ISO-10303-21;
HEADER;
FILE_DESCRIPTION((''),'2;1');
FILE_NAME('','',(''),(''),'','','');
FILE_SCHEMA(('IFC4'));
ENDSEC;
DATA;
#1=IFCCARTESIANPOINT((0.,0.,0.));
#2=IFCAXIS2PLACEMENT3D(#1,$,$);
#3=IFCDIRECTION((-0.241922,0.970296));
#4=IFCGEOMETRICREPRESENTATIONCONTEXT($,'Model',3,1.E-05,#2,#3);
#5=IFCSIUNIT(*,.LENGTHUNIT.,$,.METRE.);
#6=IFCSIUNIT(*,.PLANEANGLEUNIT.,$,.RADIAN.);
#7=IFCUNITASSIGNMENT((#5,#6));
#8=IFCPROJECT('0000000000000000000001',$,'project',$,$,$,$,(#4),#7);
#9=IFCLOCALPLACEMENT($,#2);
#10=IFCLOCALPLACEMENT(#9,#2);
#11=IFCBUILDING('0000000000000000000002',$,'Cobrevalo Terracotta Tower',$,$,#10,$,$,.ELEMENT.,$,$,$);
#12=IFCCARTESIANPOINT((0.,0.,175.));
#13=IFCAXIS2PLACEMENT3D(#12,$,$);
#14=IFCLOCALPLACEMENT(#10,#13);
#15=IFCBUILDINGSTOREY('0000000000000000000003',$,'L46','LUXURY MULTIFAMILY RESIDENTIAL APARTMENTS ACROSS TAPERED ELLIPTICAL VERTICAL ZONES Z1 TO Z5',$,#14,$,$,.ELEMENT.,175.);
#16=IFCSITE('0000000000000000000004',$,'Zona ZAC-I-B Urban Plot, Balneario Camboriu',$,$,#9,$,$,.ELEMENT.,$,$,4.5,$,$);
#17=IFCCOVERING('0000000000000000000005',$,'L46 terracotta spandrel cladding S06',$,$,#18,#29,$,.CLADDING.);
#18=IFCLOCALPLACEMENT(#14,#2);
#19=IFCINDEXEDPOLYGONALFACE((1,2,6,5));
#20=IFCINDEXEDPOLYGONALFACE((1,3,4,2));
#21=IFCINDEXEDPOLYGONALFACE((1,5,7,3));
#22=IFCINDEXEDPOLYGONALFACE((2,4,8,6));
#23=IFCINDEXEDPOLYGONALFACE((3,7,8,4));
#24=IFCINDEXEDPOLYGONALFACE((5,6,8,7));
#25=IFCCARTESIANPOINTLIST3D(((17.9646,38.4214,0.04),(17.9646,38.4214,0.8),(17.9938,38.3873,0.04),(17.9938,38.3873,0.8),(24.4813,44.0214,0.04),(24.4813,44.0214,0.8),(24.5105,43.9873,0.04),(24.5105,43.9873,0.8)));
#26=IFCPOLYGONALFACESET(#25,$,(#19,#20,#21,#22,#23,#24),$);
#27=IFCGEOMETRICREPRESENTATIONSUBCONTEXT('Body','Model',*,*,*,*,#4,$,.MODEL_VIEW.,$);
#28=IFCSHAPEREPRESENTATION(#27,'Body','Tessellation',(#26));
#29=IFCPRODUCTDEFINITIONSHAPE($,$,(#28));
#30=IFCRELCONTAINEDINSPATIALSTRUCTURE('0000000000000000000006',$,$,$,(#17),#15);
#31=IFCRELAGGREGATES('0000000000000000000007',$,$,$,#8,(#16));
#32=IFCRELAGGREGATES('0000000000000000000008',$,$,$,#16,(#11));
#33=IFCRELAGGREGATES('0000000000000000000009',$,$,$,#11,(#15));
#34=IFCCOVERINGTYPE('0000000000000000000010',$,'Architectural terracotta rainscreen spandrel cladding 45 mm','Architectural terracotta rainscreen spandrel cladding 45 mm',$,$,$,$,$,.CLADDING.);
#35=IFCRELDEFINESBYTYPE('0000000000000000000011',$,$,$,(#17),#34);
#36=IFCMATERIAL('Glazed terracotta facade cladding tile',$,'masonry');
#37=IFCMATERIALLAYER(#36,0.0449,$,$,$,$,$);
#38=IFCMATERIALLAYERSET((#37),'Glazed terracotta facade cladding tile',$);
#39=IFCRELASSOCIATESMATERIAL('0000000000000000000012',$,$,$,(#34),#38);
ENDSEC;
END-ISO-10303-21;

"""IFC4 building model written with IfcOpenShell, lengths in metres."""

from ifc_helpers import new_model, si_unit, direction, frame, origin, origin_2d, place, context, subcontext, project, spatial, rectangle, extrude, source, transform, mapped, material, layer, layer_set, type_object, element, save


model = new_model("IFC4")

# Units and contexts
model_context = context("Model", 3, precision=1e-05, world=origin(), true_north=direction((-0.241922, 0.970296)))
body_context = subcontext(model_context, "Body", "Model", "MODEL_VIEW")
ifc_project = project(units=[si_unit("LENGTHUNIT", "METRE"), si_unit("PLANEANGLEUNIT", "RADIAN")], contexts=[model_context])

# Site, building, storey
site_placement = place(None, origin())
site = spatial("IfcSite", under=ifc_project, at=site_placement, Name="Zona ZAC-I-B Urban Plot, Balneario Camboriu", CompositionType="ELEMENT", RefElevation=4.5)
building_placement = place(site_placement, origin())
building = spatial("IfcBuilding", under=site, at=building_placement, Name="Cobrevalo Terracotta Tower", CompositionType="ELEMENT")
storey_placement = place(building_placement, frame((0.0, 0.0, 175.0)))
storey = spatial("IfcBuildingStorey", under=building, at=storey_placement, Name="L46", Description="LUXURY MULTIFAMILY RESIDENTIAL APARTMENTS ACROSS TAPERED ELLIPTICAL VERTICAL ZONES Z1 TO Z5", CompositionType="ELEMENT", Elevation=175.0)

# Covering
ifc_material_1 = material(Name="Glazed terracotta facade cladding tile", Category="masonry")
ifc_layer_1 = layer(ifc_material_1, 0.0449)
ifc_layer_set_1 = layer_set([ifc_layer_1], Name="Glazed terracotta facade cladding tile")
covering_type = type_object("IfcCoveringType", Name="Architectural terracotta rainscreen spandrel cladding 45 mm", Description="Architectural terracotta rainscreen spandrel cladding 45 mm", PredefinedType="CLADDING", material=ifc_layer_set_1)
shared_shape_1 = source(origin(), body_context, "Body", "SweptSolid", [
    extrude(rectangle(XDim=8.5923, YDim=0.0449, at=origin_2d()), origin(), (0.0, 0.0, 1.0), 0.76),
])
covering_placement = place(storey_placement, frame((21.2375, 41.2043, 0.04), z_axis=(0.0, 0.0, 1.0), x_axis=(-0.758437, -0.651746, 0.0)))
element("IfcCovering", 1, at=covering_placement, inside=storey, type_object=covering_type, Name="L46 terracotta spandrel cladding S06", PredefinedType="CLADDING", context=body_context, shape_type="MappedRepresentation", body=[
    mapped(shared_shape_1, transform((0.0, 0.0, 0.0), scale=1.0)),
])

save(model, "model.ifc")
